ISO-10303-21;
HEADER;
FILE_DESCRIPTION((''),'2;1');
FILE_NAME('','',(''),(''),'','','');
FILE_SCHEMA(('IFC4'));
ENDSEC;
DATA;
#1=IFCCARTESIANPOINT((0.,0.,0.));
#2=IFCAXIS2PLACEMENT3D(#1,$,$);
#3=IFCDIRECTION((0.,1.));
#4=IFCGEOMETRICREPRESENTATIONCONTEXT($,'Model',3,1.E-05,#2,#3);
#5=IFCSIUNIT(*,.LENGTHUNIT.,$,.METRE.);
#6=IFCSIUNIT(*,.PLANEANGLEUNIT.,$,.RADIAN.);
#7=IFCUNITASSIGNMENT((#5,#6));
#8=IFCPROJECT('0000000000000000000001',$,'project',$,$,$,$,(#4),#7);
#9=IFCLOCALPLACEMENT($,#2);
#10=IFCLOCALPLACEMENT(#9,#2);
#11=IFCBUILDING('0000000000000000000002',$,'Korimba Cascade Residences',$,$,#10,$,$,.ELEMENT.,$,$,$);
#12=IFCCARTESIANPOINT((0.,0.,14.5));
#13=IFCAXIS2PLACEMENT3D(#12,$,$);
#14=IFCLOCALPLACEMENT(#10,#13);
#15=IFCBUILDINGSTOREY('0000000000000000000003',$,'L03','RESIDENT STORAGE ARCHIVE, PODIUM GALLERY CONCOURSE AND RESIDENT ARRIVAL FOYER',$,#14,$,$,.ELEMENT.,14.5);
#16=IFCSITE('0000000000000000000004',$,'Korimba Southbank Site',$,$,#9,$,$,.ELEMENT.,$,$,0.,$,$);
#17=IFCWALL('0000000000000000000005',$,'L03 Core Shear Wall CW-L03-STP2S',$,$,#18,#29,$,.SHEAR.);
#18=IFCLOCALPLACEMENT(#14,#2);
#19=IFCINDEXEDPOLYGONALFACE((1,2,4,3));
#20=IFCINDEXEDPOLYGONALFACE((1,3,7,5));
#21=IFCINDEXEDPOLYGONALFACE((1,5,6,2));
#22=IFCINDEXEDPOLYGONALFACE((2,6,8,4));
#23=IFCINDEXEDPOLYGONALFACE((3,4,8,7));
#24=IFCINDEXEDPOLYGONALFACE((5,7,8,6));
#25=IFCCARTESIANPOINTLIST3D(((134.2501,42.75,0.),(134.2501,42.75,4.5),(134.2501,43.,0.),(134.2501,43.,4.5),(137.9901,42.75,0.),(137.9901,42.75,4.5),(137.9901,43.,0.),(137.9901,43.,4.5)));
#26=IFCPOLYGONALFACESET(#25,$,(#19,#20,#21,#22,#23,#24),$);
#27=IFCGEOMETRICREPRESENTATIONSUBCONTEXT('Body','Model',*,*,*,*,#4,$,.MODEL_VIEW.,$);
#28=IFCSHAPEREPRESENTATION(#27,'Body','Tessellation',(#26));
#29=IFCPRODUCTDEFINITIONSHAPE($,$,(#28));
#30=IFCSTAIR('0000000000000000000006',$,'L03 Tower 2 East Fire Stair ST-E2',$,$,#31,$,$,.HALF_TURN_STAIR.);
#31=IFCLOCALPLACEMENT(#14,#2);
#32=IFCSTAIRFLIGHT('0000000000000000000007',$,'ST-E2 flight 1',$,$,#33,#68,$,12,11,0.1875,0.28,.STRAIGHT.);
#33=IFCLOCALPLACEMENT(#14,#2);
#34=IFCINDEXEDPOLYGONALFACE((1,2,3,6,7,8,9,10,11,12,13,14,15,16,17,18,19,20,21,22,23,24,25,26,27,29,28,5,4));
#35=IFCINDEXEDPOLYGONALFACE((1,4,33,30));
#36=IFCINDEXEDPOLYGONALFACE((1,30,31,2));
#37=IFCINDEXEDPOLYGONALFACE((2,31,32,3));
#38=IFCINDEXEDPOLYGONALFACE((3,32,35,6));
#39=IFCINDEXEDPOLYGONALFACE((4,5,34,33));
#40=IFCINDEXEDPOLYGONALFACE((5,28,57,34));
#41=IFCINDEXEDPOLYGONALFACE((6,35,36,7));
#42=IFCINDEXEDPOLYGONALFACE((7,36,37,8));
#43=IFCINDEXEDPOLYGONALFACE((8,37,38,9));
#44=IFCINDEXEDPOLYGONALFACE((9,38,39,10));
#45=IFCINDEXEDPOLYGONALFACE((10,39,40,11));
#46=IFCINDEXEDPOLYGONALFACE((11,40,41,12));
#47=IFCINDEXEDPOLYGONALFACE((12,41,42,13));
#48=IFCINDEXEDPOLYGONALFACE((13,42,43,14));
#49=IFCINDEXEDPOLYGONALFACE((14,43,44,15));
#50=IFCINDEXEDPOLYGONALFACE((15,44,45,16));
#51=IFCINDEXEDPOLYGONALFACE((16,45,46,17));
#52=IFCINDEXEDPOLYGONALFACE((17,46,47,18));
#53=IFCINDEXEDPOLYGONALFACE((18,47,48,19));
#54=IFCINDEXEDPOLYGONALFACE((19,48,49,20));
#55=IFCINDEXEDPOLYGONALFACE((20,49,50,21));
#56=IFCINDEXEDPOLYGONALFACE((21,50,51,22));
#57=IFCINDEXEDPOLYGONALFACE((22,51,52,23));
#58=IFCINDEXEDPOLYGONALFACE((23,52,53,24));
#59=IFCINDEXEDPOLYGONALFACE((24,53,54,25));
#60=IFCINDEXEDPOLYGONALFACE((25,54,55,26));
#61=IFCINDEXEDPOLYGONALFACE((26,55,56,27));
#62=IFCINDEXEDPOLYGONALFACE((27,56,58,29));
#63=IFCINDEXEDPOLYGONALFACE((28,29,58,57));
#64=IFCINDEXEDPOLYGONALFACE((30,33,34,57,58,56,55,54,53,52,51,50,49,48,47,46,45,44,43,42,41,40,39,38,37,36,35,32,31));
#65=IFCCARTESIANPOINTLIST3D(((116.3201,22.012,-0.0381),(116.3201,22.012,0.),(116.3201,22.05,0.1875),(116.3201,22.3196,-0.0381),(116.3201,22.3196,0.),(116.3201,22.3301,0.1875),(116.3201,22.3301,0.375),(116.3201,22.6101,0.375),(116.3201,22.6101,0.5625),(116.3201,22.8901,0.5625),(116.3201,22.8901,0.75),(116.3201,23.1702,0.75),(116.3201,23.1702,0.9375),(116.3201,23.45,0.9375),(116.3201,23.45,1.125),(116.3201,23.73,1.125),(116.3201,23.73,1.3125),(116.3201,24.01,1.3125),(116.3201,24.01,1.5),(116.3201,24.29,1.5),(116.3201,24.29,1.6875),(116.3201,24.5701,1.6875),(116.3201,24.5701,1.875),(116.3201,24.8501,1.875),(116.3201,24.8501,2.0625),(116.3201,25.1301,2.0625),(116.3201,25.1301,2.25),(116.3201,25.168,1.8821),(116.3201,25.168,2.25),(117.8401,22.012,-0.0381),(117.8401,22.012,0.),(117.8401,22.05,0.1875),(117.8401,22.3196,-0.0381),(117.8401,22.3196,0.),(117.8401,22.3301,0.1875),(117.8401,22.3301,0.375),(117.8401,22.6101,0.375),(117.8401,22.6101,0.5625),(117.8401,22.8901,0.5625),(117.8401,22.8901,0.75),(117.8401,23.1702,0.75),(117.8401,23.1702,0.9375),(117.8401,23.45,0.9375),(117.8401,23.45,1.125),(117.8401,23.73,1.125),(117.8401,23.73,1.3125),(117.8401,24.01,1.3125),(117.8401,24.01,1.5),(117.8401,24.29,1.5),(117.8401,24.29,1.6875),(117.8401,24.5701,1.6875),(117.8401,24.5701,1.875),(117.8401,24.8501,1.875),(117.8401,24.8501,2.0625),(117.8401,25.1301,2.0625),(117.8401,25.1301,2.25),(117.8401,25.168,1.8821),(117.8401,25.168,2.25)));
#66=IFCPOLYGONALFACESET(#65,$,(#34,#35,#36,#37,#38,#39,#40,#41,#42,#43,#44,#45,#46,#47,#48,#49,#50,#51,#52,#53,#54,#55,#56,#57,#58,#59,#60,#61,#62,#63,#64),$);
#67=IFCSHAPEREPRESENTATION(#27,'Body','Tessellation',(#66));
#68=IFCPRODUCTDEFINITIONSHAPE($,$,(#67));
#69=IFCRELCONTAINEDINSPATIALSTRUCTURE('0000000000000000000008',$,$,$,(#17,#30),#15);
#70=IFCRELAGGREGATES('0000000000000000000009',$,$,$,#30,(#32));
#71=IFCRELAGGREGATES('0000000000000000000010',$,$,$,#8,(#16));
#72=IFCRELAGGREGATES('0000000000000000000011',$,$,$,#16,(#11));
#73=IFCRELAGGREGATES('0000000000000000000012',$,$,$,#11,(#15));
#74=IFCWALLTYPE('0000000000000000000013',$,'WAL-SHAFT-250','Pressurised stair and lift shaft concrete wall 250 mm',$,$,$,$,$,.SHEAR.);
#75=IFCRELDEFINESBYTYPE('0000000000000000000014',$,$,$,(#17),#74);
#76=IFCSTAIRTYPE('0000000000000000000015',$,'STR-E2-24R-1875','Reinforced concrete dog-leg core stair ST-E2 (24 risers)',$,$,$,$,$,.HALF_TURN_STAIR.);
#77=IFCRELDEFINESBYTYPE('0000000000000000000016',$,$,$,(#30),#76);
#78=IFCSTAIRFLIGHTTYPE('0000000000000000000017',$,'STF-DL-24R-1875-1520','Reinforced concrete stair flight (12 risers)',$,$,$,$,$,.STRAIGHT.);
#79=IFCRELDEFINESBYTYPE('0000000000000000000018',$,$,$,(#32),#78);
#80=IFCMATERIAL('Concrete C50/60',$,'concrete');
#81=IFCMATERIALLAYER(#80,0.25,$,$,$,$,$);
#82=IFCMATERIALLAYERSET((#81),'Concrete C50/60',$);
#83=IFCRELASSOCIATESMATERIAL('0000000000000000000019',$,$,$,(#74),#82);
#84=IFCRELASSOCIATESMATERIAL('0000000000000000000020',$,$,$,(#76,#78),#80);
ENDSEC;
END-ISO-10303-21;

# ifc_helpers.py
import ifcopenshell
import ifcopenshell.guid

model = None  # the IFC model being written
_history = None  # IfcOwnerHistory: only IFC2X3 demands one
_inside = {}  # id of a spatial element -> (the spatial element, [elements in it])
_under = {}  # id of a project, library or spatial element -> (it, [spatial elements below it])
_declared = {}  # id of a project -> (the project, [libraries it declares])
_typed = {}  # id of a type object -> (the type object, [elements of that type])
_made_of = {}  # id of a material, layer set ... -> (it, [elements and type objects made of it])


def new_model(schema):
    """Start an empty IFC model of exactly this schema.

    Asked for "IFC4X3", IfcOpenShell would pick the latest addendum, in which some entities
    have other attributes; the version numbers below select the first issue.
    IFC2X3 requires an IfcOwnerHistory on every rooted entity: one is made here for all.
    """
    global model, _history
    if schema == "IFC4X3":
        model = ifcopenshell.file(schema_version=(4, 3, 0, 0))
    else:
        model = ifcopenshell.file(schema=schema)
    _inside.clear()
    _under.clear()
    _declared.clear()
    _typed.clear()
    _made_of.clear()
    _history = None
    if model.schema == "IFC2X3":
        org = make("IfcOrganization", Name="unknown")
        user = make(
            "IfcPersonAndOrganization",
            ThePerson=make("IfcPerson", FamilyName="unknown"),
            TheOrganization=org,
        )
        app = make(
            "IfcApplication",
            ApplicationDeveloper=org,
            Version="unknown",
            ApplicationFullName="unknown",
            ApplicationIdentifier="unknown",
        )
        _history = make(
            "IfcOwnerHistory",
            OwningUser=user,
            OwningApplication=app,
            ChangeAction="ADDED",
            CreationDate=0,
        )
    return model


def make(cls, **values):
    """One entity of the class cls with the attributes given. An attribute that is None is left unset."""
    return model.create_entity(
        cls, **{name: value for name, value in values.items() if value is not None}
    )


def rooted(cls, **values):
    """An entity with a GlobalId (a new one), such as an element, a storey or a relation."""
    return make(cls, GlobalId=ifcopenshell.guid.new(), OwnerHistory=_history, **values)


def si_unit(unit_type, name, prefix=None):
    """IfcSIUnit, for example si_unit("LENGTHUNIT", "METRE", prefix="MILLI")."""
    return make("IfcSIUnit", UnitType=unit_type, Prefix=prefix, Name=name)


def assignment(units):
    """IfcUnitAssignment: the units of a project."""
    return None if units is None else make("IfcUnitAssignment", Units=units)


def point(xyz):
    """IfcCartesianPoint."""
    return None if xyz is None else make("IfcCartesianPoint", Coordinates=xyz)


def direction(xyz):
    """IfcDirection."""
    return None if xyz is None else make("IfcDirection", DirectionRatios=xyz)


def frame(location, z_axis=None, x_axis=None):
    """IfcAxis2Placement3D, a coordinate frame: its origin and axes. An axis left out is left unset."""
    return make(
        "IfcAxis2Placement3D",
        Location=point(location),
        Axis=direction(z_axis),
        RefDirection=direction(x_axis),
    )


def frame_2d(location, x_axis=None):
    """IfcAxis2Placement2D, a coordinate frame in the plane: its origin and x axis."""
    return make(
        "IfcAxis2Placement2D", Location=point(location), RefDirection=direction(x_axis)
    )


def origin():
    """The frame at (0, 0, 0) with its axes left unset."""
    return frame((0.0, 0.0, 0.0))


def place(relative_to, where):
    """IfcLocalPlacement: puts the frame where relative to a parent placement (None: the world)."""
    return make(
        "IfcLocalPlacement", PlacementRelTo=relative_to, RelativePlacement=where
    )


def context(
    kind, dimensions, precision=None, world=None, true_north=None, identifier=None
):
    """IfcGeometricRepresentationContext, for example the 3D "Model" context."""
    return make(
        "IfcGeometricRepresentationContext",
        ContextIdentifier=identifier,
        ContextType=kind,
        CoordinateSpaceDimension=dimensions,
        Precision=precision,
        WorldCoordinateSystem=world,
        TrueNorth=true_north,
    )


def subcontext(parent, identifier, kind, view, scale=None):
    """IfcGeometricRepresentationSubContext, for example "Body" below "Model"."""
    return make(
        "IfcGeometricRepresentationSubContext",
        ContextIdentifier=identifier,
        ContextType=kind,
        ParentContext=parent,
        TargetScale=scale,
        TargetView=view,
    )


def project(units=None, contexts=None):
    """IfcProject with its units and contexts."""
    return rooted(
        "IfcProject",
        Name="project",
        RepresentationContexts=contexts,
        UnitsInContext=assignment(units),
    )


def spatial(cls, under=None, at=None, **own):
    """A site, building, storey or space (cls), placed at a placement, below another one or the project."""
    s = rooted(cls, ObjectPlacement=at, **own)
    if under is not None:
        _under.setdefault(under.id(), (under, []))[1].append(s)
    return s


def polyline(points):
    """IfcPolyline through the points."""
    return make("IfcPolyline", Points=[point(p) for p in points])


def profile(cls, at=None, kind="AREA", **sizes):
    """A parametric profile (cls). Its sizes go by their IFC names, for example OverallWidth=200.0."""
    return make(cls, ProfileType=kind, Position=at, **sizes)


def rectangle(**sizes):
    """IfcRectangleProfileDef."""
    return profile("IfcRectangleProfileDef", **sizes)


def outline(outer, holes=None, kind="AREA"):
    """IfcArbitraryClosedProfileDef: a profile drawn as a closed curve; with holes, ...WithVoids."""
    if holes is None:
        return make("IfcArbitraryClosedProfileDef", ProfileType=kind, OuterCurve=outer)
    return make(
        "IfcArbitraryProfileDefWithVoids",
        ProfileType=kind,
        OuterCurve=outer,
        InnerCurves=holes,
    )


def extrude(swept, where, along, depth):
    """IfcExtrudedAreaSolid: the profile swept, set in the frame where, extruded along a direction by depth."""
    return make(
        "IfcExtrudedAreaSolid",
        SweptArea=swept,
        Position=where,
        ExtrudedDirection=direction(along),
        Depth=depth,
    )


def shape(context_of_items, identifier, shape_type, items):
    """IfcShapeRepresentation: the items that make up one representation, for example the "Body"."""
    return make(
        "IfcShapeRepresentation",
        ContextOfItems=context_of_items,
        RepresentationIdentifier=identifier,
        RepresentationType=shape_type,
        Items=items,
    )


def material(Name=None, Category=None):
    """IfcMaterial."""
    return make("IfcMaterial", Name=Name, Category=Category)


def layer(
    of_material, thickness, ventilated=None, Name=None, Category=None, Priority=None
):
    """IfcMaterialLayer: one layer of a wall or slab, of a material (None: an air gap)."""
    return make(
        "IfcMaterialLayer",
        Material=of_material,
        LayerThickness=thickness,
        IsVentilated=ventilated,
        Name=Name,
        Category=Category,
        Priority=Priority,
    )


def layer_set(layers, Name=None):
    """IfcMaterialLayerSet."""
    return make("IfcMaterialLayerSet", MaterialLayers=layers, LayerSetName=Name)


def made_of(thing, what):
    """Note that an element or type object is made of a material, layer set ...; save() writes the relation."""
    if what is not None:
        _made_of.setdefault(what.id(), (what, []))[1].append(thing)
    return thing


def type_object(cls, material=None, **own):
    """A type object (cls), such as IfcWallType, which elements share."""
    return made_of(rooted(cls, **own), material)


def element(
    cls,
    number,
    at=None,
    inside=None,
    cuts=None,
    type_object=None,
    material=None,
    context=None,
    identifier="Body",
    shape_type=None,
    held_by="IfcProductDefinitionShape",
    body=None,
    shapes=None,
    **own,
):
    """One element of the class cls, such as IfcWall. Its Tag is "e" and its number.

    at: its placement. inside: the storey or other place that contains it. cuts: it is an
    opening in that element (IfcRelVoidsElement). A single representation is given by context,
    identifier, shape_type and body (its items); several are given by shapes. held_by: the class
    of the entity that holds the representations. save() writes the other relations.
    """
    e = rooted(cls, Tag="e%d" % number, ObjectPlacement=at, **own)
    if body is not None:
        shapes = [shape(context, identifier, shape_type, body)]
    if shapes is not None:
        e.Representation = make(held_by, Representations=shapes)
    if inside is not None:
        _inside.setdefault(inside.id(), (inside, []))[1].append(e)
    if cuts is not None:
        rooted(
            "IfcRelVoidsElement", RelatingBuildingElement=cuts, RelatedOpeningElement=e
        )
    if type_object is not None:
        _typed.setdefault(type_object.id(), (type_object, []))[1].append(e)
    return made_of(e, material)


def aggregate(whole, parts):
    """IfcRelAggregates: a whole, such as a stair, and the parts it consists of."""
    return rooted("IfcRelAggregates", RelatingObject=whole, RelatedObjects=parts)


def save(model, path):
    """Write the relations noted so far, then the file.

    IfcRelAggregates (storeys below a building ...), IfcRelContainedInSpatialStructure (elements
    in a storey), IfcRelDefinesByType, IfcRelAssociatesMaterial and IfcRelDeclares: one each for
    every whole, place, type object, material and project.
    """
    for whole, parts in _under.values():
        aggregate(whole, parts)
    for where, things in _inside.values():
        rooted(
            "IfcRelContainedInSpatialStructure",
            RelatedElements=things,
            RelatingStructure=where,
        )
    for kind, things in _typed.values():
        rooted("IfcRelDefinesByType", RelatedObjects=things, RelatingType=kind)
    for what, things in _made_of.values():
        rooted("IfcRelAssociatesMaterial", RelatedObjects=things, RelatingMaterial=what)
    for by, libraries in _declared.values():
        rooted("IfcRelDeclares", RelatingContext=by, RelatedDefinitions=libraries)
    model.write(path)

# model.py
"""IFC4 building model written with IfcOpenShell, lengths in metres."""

from ifc_helpers import new_model, si_unit, direction, frame, frame_2d, origin, place, context, subcontext, project, spatial, polyline, rectangle, outline, extrude, material, layer, layer_set, type_object, element, aggregate, save


model = new_model("IFC4")

# Units and contexts
model_context = context("Model", 3, precision=1e-05, world=origin(), true_north=direction((0.0, 1.0)))
body_context = subcontext(model_context, "Body", "Model", "MODEL_VIEW")
ifc_project = project(units=[si_unit("LENGTHUNIT", "METRE"), si_unit("PLANEANGLEUNIT", "RADIAN")], contexts=[model_context])

# Site, building, storey
site_placement = place(None, origin())
site = spatial("IfcSite", under=ifc_project, at=site_placement, Name="Korimba Southbank Site", CompositionType="ELEMENT", RefElevation=0.0)
building_placement = place(site_placement, origin())
building = spatial("IfcBuilding", under=site, at=building_placement, Name="Korimba Cascade Residences", CompositionType="ELEMENT")
storey_placement = place(building_placement, frame((0.0, 0.0, 14.5)))
storey = spatial("IfcBuildingStorey", under=building, at=storey_placement, Name="L03", Description="RESIDENT STORAGE ARCHIVE, PODIUM GALLERY CONCOURSE AND RESIDENT ARRIVAL FOYER", CompositionType="ELEMENT", Elevation=14.5)

# Shared definitions
ifc_material_1 = material(Name="Concrete C50/60", Category="concrete")

# Shared definitions
ifc_layer_1 = layer(ifc_material_1, 0.25)
ifc_layer_set_1 = layer_set([ifc_layer_1], Name="Concrete C50/60")
wall_type_1 = type_object("IfcWallType", Name="WAL-SHAFT-250", Description="Pressurised stair and lift shaft concrete wall 250 mm", PredefinedType="SHEAR", material=ifc_layer_set_1)

# Wall
wall_1_placement = place(storey_placement, frame((134.25, 42.875, 0.0), z_axis=(0.0, 0.0, 1.0), x_axis=(1.0, 0.0, 0.0)))
element("IfcWall", 1, at=wall_1_placement, inside=storey, type_object=wall_type_1, Name="L03 Core Shear Wall CW-L03-STP2S", PredefinedType="SHEAR", context=body_context, shape_type="SweptSolid", body=[
    extrude(rectangle(XDim=3.74, YDim=0.25, at=frame_2d((1.8701, 0.0))), origin(), (0.0, 0.0, 1.0), 4.5),
])

# Stair, stair flight
stair_type = type_object("IfcStairType", Name="STR-E2-24R-1875", Description="Reinforced concrete dog-leg core stair ST-E2 (24 risers)", PredefinedType="HALF_TURN_STAIR", material=ifc_material_1)
stair_placement = place(storey_placement, origin())
stair = element("IfcStair", 2, at=stair_placement, inside=storey, type_object=stair_type, Name="L03 Tower 2 East Fire Stair ST-E2", PredefinedType="HALF_TURN_STAIR")
stair_flight_type = type_object("IfcStairFlightType", Name="STF-DL-24R-1875-1520", Description="Reinforced concrete stair flight (12 risers)", PredefinedType="STRAIGHT", material=ifc_material_1)
stair_flight_placement = place(storey_placement, frame((117.0801, 22.05, 0.0), z_axis=(0.0, 0.0, 1.0), x_axis=(0.0, 1.0, 0.0)))
stair_flight = element("IfcStairFlight", 3, at=stair_flight_placement, type_object=stair_flight_type, Name="ST-E2 flight 1", NumberOfRisers=12, NumberOfTreads=11, PredefinedType="STRAIGHT", RiserHeight=0.1875, TreadLength=0.28, context=body_context, shape_type="SweptSolid", body=[
    extrude(outline(polyline([(-0.0381, 0.0), (0.0, 0.1875), (0.28, 0.1875), (0.28, 0.375), (0.5601, 0.375), (0.5601, 0.5625), (0.8401, 0.5625), (0.8401, 0.75), (1.1201, 0.75), (1.1201, 0.9375), (1.3999, 0.9375), (1.3999, 1.125), (1.6799, 1.125), (1.6799, 1.3125), (1.96, 1.3125), (1.96, 1.5), (2.24, 1.5), (2.24, 1.6875), (2.52, 1.6875), (2.52, 1.875), (2.8, 1.875), (2.8, 2.0625), (3.0801, 2.0625), (3.0801, 2.25), (3.1179, 2.25), (3.1179, 1.8821), (0.2695, 0.0), (0.2695, -0.0381), (-0.0381, -0.0381), (-0.0381, 0.0)])), frame((0.0, 0.76, 0.0), z_axis=(0.0, -1.0, 0.0), x_axis=(1.0, 0.0, 0.0)), (0.0, 0.0, 1.0), 1.52),
])
aggregate(stair, [stair_flight])

save(model, "model.ifc")
